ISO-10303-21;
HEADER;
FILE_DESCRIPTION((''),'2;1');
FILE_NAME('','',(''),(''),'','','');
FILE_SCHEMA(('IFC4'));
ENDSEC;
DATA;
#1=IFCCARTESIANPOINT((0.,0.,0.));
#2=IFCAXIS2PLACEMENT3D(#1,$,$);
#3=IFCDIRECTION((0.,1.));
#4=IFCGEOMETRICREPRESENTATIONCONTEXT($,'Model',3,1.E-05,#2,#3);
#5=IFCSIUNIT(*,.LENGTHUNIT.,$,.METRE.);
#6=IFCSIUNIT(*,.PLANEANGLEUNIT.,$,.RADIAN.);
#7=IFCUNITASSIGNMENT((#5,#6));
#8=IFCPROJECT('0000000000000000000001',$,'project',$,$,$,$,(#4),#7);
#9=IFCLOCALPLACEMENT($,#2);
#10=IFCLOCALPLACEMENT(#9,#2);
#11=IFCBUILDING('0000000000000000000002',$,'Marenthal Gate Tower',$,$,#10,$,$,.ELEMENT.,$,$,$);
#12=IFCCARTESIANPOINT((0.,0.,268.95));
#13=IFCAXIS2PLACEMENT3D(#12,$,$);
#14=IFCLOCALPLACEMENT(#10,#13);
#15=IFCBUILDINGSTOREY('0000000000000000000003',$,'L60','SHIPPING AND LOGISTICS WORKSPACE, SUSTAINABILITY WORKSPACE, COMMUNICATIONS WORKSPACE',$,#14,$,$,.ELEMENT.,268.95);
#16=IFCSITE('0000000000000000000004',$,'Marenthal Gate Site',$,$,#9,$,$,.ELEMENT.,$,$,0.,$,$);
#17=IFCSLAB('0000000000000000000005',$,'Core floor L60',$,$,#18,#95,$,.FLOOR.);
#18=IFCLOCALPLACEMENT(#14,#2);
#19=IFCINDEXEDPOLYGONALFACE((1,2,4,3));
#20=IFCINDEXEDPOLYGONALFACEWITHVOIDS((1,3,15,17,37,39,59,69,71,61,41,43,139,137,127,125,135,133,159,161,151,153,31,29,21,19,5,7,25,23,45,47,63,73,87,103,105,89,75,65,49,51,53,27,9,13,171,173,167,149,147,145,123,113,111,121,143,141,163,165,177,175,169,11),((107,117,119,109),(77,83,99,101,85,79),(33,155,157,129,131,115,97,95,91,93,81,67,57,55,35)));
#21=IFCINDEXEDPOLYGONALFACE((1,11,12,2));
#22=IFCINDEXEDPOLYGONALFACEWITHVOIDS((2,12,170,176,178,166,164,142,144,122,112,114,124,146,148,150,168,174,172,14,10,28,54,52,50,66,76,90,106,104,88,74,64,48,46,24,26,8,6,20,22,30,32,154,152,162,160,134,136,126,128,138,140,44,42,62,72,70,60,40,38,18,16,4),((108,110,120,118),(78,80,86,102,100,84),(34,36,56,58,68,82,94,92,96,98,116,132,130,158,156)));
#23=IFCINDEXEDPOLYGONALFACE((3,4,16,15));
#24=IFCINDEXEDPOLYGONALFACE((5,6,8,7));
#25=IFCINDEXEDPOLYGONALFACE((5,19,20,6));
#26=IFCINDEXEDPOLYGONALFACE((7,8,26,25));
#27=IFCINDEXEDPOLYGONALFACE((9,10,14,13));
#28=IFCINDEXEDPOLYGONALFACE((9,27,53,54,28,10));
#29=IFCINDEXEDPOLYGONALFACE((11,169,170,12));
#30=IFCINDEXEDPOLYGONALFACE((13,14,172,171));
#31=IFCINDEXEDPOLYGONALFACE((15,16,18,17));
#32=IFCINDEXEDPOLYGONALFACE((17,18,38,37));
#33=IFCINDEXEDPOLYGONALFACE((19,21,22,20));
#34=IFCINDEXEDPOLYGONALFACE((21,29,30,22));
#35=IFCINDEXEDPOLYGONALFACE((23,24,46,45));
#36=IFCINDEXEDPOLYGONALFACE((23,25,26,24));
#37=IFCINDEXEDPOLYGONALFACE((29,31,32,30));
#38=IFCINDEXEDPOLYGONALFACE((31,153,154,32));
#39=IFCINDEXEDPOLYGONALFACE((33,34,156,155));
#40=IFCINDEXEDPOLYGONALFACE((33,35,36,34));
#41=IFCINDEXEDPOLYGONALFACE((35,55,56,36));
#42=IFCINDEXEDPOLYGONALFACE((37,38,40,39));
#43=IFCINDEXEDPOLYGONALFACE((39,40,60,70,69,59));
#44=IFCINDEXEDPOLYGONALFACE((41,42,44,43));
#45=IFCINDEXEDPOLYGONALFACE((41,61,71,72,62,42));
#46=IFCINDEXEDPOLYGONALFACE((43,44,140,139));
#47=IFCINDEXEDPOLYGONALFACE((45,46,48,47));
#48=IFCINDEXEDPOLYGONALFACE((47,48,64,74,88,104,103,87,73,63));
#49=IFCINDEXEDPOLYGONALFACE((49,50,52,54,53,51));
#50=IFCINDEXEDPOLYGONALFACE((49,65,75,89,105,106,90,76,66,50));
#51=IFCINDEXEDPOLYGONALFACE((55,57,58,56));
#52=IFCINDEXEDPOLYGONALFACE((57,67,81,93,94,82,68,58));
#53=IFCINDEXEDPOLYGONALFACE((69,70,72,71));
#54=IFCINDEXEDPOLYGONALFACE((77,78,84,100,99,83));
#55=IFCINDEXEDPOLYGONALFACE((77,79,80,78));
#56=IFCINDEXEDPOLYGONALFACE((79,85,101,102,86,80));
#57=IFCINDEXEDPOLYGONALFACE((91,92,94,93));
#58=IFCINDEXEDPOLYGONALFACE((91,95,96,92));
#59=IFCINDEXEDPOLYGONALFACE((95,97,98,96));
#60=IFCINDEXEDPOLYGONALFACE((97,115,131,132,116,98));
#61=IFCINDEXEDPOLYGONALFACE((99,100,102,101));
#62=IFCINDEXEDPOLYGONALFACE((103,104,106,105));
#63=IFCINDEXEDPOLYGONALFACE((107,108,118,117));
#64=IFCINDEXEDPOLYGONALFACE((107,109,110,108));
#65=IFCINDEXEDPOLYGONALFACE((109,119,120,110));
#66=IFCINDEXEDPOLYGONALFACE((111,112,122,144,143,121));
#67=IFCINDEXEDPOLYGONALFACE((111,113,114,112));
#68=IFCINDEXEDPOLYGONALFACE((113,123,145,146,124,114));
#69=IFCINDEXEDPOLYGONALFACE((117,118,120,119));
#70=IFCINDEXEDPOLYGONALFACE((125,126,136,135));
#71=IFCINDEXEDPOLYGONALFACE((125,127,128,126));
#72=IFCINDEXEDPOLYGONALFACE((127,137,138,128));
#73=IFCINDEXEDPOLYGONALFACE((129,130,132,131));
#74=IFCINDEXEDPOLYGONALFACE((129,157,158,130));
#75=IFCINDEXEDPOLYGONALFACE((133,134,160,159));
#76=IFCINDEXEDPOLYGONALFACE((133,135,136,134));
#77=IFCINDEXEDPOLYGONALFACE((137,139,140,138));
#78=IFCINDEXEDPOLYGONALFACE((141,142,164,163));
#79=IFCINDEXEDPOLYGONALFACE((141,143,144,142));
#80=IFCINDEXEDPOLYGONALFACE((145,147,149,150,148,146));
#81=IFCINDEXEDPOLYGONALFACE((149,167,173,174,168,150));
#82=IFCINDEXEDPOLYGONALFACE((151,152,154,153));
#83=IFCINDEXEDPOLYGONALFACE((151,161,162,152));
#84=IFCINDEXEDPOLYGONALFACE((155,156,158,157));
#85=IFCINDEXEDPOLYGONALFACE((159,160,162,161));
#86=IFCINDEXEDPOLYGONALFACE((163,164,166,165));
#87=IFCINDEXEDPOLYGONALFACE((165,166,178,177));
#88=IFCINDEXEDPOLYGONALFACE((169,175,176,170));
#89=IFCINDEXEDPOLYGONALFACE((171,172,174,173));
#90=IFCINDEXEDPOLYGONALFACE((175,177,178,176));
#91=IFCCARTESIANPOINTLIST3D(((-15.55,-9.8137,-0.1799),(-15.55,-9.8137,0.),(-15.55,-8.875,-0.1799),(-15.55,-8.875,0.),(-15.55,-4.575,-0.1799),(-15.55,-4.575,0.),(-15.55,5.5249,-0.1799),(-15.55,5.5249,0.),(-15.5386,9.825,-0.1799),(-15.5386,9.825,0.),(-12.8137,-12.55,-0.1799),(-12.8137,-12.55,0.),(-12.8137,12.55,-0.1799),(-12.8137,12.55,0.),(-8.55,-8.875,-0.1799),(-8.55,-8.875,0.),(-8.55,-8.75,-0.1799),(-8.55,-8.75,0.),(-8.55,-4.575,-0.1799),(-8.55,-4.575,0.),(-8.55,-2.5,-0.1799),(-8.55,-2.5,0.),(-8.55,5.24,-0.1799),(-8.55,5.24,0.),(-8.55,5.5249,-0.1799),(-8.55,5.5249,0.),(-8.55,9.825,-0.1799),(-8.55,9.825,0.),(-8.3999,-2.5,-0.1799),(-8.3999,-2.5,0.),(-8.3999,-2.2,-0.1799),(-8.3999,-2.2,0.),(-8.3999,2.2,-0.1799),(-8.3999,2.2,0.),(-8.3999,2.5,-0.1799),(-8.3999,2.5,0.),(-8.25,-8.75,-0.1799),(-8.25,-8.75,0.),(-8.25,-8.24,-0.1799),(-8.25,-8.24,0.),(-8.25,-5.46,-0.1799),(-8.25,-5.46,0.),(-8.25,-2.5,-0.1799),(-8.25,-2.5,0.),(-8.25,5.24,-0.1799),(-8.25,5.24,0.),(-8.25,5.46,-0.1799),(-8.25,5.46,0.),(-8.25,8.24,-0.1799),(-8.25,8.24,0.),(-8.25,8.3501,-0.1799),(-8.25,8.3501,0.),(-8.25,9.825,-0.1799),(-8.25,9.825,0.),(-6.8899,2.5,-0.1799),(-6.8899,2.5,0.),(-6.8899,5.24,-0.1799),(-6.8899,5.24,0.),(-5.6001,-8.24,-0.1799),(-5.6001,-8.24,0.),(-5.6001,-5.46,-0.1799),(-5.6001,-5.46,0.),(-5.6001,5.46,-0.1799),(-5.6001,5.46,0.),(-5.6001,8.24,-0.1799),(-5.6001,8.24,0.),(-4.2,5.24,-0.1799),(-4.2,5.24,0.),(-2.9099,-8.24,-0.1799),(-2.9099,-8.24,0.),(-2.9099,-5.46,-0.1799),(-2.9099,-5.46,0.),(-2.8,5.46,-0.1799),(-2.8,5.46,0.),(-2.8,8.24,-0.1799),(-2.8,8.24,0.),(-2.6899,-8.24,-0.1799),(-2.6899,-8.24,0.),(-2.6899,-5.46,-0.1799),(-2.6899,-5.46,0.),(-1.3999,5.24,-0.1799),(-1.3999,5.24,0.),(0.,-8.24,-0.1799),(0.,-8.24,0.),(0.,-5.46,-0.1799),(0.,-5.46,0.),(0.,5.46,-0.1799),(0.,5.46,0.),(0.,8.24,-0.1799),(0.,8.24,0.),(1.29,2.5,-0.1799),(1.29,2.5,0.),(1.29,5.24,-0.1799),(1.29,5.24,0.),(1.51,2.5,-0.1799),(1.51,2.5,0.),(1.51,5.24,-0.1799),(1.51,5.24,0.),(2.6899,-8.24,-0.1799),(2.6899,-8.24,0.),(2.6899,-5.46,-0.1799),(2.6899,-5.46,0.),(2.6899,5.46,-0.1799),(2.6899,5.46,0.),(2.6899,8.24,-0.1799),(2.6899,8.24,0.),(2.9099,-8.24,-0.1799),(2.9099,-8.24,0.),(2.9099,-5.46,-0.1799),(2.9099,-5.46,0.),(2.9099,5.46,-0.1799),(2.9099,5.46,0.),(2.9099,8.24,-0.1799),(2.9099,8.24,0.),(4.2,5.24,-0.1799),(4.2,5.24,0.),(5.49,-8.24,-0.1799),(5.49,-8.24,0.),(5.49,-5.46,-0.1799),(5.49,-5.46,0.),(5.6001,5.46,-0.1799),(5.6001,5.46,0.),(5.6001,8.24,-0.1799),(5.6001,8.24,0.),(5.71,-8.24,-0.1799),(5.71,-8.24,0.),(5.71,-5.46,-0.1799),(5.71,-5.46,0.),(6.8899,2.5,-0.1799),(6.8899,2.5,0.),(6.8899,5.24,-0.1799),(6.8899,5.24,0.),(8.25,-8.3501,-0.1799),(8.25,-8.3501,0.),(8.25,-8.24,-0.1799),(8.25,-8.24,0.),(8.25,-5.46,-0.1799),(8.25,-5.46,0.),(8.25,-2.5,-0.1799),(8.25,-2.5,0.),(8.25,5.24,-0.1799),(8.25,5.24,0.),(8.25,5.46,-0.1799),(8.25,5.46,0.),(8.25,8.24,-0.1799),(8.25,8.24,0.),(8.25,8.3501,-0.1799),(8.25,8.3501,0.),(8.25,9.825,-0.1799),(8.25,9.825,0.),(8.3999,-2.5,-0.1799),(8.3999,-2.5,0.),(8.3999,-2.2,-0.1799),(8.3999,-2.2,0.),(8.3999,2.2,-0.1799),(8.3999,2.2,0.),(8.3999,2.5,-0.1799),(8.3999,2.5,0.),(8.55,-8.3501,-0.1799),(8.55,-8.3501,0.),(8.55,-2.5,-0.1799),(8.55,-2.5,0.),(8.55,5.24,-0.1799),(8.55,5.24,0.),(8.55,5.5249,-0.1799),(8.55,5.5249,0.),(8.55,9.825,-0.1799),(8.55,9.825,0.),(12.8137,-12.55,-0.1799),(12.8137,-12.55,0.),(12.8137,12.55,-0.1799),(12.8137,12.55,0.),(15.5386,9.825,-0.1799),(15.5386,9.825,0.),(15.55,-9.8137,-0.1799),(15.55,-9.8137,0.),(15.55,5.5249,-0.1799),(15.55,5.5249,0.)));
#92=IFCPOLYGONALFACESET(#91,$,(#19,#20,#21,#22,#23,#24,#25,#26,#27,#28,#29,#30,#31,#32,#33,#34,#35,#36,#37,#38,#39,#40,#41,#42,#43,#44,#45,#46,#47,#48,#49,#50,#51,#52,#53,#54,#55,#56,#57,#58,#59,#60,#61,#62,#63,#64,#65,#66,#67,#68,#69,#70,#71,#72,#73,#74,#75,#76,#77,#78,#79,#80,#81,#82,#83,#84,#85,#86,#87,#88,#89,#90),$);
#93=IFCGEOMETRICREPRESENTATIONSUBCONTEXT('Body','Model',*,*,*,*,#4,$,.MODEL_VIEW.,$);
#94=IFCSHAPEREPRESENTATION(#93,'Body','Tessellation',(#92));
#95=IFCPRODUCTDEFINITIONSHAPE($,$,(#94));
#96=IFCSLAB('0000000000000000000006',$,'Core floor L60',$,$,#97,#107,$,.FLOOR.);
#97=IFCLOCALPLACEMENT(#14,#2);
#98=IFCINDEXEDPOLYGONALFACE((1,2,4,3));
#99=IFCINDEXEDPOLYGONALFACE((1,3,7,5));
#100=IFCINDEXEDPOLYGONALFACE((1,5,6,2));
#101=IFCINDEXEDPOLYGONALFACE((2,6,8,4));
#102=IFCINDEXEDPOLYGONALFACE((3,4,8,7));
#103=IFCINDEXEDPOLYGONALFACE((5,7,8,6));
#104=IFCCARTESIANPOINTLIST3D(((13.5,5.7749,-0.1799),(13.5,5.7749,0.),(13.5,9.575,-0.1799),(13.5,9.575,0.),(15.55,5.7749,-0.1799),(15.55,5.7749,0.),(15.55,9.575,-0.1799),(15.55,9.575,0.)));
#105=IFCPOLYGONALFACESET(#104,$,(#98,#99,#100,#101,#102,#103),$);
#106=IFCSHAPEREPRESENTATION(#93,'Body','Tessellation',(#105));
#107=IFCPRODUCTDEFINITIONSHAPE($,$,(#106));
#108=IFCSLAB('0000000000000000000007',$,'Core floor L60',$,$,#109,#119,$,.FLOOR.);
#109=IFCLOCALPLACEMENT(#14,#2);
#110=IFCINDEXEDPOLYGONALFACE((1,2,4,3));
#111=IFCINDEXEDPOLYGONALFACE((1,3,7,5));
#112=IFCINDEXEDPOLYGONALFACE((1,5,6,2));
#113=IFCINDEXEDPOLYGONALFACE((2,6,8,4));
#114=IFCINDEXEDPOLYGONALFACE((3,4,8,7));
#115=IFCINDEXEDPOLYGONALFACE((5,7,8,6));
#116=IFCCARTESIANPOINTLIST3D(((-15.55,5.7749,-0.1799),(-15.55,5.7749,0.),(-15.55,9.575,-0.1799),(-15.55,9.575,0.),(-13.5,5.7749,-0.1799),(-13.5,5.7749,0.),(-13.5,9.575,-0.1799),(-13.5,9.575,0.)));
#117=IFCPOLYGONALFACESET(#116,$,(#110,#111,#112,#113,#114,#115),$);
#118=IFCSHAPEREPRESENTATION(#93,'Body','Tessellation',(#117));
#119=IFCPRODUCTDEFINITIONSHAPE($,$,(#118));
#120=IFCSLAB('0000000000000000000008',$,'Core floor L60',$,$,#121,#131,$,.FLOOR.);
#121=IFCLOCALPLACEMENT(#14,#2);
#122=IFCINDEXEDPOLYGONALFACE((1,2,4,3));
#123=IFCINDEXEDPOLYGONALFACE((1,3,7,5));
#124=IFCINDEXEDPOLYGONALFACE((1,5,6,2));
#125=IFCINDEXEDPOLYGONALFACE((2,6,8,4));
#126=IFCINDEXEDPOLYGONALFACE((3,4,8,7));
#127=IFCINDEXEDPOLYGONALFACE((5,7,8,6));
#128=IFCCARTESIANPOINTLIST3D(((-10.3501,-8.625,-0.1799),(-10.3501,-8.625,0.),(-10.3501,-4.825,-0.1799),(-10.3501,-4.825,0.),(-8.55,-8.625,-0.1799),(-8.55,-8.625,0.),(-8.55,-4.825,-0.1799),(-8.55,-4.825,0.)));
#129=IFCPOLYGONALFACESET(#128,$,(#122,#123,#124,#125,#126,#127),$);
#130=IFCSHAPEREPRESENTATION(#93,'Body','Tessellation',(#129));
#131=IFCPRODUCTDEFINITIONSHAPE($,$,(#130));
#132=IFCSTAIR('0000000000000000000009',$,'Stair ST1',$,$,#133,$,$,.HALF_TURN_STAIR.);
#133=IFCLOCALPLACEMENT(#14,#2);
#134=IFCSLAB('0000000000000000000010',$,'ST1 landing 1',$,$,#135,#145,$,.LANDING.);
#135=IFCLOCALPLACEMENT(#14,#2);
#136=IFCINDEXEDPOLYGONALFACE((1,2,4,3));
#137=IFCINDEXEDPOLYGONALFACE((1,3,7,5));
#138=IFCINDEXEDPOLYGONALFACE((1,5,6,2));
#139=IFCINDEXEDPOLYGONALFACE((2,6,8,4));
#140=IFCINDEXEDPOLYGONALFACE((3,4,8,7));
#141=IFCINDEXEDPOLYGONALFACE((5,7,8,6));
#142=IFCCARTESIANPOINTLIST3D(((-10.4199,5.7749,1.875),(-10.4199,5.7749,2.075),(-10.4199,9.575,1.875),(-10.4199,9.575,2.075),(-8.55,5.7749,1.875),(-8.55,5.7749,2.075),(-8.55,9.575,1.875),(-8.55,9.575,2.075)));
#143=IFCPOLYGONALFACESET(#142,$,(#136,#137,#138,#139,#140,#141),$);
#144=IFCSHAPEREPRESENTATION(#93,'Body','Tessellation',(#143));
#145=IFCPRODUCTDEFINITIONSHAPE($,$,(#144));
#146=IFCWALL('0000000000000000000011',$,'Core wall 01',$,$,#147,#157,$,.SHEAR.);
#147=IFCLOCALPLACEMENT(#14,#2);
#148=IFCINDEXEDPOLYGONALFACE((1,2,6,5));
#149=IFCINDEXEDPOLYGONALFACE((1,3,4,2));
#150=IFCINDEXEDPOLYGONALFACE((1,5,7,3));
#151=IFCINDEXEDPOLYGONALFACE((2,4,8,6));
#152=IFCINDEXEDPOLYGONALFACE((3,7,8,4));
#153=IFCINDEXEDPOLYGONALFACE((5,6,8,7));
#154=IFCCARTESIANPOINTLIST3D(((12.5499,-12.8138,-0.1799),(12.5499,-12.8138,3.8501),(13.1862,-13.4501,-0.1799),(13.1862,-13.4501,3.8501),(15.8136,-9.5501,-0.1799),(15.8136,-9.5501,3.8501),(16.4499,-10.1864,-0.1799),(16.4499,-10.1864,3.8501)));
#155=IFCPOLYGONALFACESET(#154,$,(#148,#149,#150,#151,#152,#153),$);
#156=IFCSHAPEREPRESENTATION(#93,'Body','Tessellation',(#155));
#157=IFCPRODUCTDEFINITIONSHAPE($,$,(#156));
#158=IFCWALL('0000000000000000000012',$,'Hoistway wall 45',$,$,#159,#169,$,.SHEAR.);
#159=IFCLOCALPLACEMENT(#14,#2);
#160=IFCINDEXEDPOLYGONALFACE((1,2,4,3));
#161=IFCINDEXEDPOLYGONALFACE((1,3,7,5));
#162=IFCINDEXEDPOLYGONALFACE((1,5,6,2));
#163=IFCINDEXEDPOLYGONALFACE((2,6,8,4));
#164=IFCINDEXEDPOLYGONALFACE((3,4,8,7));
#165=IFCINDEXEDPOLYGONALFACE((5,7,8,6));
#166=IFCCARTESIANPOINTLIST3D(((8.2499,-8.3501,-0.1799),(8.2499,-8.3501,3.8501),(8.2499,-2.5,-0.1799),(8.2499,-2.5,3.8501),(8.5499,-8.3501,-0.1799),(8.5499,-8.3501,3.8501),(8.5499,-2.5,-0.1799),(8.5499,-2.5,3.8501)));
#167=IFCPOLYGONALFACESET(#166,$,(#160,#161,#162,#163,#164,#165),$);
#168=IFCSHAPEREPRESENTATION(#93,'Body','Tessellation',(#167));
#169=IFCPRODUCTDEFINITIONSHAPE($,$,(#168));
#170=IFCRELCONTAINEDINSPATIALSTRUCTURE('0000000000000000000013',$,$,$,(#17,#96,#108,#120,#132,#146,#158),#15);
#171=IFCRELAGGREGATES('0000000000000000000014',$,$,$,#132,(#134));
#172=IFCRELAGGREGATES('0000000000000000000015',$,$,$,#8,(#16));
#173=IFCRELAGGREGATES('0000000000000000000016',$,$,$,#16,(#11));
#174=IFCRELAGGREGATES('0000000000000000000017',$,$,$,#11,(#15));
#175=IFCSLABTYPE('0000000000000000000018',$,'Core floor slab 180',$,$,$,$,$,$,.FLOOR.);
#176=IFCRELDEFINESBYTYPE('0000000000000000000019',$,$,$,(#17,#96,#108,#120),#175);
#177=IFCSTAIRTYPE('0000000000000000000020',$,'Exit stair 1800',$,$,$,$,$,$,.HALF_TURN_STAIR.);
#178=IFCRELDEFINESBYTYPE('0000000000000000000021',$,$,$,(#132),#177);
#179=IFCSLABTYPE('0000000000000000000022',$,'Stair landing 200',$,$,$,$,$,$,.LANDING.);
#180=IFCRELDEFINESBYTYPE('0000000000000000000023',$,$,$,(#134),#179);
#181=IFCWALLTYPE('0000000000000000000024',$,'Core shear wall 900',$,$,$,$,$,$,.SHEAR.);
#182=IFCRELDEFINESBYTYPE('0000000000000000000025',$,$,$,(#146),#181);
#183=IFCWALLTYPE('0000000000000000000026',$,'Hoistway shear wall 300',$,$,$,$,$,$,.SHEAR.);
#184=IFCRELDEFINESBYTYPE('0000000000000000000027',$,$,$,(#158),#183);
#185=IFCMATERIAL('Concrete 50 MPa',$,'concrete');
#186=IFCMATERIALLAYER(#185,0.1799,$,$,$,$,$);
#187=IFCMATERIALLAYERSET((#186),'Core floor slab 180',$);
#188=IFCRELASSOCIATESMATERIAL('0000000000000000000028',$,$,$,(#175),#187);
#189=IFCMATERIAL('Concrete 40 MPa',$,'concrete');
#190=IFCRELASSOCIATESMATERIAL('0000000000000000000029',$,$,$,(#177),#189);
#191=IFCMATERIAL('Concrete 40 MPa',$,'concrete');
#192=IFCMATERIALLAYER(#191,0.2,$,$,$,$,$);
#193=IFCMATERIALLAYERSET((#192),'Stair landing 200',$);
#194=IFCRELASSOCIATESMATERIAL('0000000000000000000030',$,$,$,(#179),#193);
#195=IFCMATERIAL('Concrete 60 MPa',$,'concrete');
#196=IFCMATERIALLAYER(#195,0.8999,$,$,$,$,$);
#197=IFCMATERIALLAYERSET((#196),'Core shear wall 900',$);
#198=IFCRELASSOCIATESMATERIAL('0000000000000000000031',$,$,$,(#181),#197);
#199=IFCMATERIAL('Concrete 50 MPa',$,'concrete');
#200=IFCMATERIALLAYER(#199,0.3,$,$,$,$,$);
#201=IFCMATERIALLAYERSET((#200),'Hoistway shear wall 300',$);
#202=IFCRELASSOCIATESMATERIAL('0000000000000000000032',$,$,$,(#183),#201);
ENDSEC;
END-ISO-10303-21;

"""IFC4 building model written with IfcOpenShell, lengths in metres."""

from ifc_helpers import new_model, si_unit, direction, frame, frame_2d, origin, place, context, subcontext, project, spatial, polyline, rectangle, outline, extrude, material, layer, layer_set, type_object, element, aggregate, save


model = new_model("IFC4")

# Units and contexts
model_context = context("Model", 3, precision=1e-05, world=origin(), true_north=direction((0.0, 1.0)))
body_context = subcontext(model_context, "Body", "Model", "MODEL_VIEW")
ifc_project = project(units=[si_unit("LENGTHUNIT", "METRE"), si_unit("PLANEANGLEUNIT", "RADIAN")], contexts=[model_context])

# Site, building, storey
site_placement = place(None, origin())
site = spatial("IfcSite", under=ifc_project, at=site_placement, Name="Marenthal Gate Site", CompositionType="ELEMENT", RefElevation=0.0)
building_placement = place(site_placement, origin())
building = spatial("IfcBuilding", under=site, at=building_placement, Name="Marenthal Gate Tower", CompositionType="ELEMENT")
storey_placement = place(building_placement, frame((0.0, 0.0, 268.95)))
storey = spatial("IfcBuildingStorey", under=building, at=storey_placement, Name="L60", Description="SHIPPING AND LOGISTICS WORKSPACE, SUSTAINABILITY WORKSPACE, COMMUNICATIONS WORKSPACE", CompositionType="ELEMENT", Elevation=268.95)

# Slabs
ifc_material_1 = material(Name="Concrete 50 MPa", Category="concrete")
ifc_layer_1 = layer(ifc_material_1, 0.1799)
ifc_layer_set_1 = layer_set([ifc_layer_1], Name="Core floor slab 180")
slab_type_1 = type_object("IfcSlabType", Name="Core floor slab 180", PredefinedType="FLOOR", material=ifc_layer_set_1)
slab_1_placement = place(storey_placement, frame((0.0, 0.0, -0.1799)))
element("IfcSlab", 1, at=slab_1_placement, inside=storey, type_object=slab_type_1, Name="Core floor L60", PredefinedType="FLOOR", context=body_context, shape_type="SweptSolid", body=[
    extrude(outline(polyline([(12.8137, -12.55), (-12.8137, -12.55), (-15.55, -9.8137), (-15.55, -8.875), (-8.55, -8.875), (-8.55, -8.75), (-8.25, -8.75), (-8.25, -8.24), (-5.6001, -8.24), (-2.9099, -8.24), (-2.9099, -5.46), (-5.6001, -5.46), (-8.25, -5.46), (-8.25, -2.5), (8.25, -2.5), (8.25, -5.46), (5.71, -5.46), (5.71, -8.24), (8.25, -8.24), (8.25, -8.3501), (8.55, -8.3501), (8.55, -2.5), (8.3999, -2.5), (8.3999, -2.2), (-8.3999, -2.2), (-8.3999, -2.5), (-8.55, -2.5), (-8.55, -4.575), (-15.55, -4.575), (-15.55, 5.5249), (-8.55, 5.5249), (-8.55, 5.24), (-8.25, 5.24), (-8.25, 5.46), (-5.6001, 5.46), (-2.8, 5.46), (0.0, 5.46), (2.6899, 5.46), (2.6899, 8.24), (0.0, 8.24), (-2.8, 8.24), (-5.6001, 8.24), (-8.25, 8.24), (-8.25, 8.3501), (-8.25, 9.825), (-8.55, 9.825), (-15.5386, 9.825), (-12.8137, 12.55), (12.8137, 12.55), (15.5386, 9.825), (8.55, 9.825), (8.25, 9.825), (8.25, 8.3501), (8.25, 8.24), (5.6001, 8.24), (2.9099, 8.24), (2.9099, 5.46), (5.6001, 5.46), (8.25, 5.46), (8.25, 5.24), (8.55, 5.24), (8.55, 5.5249), (15.55, 5.5249), (15.55, -9.8137), (12.8137, -12.55)]), holes=[polyline([(2.6899, -8.24), (2.6899, -5.46), (0.0, -5.46), (-2.6899, -5.46), (-2.6899, -8.24), (0.0, -8.24), (2.6899, -8.24)]), polyline([(-6.8899, 5.24), (-6.8899, 2.5), (-8.3999, 2.5), (-8.3999, 2.2), (8.3999, 2.2), (8.3999, 2.5), (6.8899, 2.5), (6.8899, 5.24), (4.2, 5.24), (1.51, 5.24), (1.51, 2.5), (1.29, 2.5), (1.29, 5.24), (-1.3999, 5.24), (-4.2, 5.24), (-6.8899, 5.24)]), polyline([(5.49, -5.46), (2.9099, -5.46), (2.9099, -8.24), (5.49, -8.24), (5.49, -5.46)])]), origin(), (0.0, 0.0, 1.0), 0.1799),
])
slab_2_placement = place(storey_placement, frame((0.0, 0.0, -0.1799)))
element("IfcSlab", 2, at=slab_2_placement, inside=storey, type_object=slab_type_1, Name="Core floor L60", PredefinedType="FLOOR", context=body_context, shape_type="SweptSolid", body=[
    extrude(outline(polyline([(15.55, 5.7749), (13.5, 5.7749), (13.5, 9.575), (15.55, 9.575), (15.55, 5.7749)])), origin(), (0.0, 0.0, 1.0), 0.1799),
])
slab_3_placement = place(storey_placement, frame((0.0, 0.0, -0.1799)))
element("IfcSlab", 3, at=slab_3_placement, inside=storey, type_object=slab_type_1, Name="Core floor L60", PredefinedType="FLOOR", context=body_context, shape_type="SweptSolid", body=[
    extrude(outline(polyline([(-15.55, 9.575), (-13.5, 9.575), (-13.5, 5.7749), (-15.55, 5.7749), (-15.55, 9.575)])), origin(), (0.0, 0.0, 1.0), 0.1799),
])
slab_4_placement = place(storey_placement, frame((0.0, 0.0, -0.1799)))
element("IfcSlab", 4, at=slab_4_placement, inside=storey, type_object=slab_type_1, Name="Core floor L60", PredefinedType="FLOOR", context=body_context, shape_type="SweptSolid", body=[
    extrude(outline(polyline([(-8.55, -8.625), (-10.3501, -8.625), (-10.3501, -4.825), (-8.55, -4.825), (-8.55, -8.625)])), origin(), (0.0, 0.0, 1.0), 0.1799),
])

# Stair, slab
ifc_material_2 = material(Name="Concrete 40 MPa", Category="concrete")
stair_type = type_object("IfcStairType", Name="Exit stair 1800", PredefinedType="HALF_TURN_STAIR", material=ifc_material_2)
stair_placement = place(storey_placement, origin())
stair = element("IfcStair", 5, at=stair_placement, inside=storey, type_object=stair_type, Name="Stair ST1", PredefinedType="HALF_TURN_STAIR")
ifc_material_3 = material(Name="Concrete 40 MPa", Category="concrete")
ifc_layer_2 = layer(ifc_material_3, 0.2)
ifc_layer_set_2 = layer_set([ifc_layer_2], Name="Stair landing 200")
slab_type_2 = type_object("IfcSlabType", Name="Stair landing 200", PredefinedType="LANDING", material=ifc_layer_set_2)
slab_5_placement = place(storey_placement, frame((0.0, 0.0, 1.875)))
slab_5 = element("IfcSlab", 6, at=slab_5_placement, type_object=slab_type_2, Name="ST1 landing 1", PredefinedType="LANDING", context=body_context, shape_type="SweptSolid", body=[
    extrude(outline(polyline([(-10.4199, 5.7749), (-8.55, 5.7749), (-8.55, 9.575), (-10.4199, 9.575), (-10.4199, 5.7749)])), origin(), (0.0, 0.0, 1.0), 0.2),
])
aggregate(stair, [slab_5])

# Walls
ifc_material_4 = material(Name="Concrete 60 MPa", Category="concrete")
ifc_layer_3 = layer(ifc_material_4, 0.8999)
ifc_layer_set_3 = layer_set([ifc_layer_3], Name="Core shear wall 900")
wall_type_1 = type_object("IfcWallType", Name="Core shear wall 900", PredefinedType="SHEAR", material=ifc_layer_set_3)
wall_1_placement = place(storey_placement, frame((12.8682, -13.1318, -0.1799), z_axis=(0.0, 0.0, 1.0), x_axis=(0.707107, 0.707107, 0.0)))
element("IfcWall", 7, at=wall_1_placement, inside=storey, type_object=wall_type_1, Name="Core wall 01", PredefinedType="SHEAR", context=body_context, shape_type="SweptSolid", body=[
    extrude(rectangle(XDim=4.6155, YDim=0.8999, at=frame_2d((2.3076, 0.0))), origin(), (0.0, 0.0, 1.0), 4.03),
])
ifc_material_5 = material(Name="Concrete 50 MPa", Category="concrete")
ifc_layer_4 = layer(ifc_material_5, 0.3)
ifc_layer_set_4 = layer_set([ifc_layer_4], Name="Hoistway shear wall 300")
wall_type_2 = type_object("IfcWallType", Name="Hoistway shear wall 300", PredefinedType="SHEAR", material=ifc_layer_set_4)
wall_2_placement = place(storey_placement, frame((8.3999, -8.3501, -0.1799), z_axis=(0.0, 0.0, 1.0), x_axis=(0.0, 1.0, 0.0)))
element("IfcWall", 8, at=wall_2_placement, inside=storey, type_object=wall_type_2, Name="Hoistway wall 45", PredefinedType="SHEAR", context=body_context, shape_type="SweptSolid", body=[
    extrude(rectangle(XDim=5.8501, YDim=0.3, at=frame_2d((2.925, 0.0))), origin(), (0.0, 0.0, 1.0), 4.03),
])

save(model, "model.ifc")
